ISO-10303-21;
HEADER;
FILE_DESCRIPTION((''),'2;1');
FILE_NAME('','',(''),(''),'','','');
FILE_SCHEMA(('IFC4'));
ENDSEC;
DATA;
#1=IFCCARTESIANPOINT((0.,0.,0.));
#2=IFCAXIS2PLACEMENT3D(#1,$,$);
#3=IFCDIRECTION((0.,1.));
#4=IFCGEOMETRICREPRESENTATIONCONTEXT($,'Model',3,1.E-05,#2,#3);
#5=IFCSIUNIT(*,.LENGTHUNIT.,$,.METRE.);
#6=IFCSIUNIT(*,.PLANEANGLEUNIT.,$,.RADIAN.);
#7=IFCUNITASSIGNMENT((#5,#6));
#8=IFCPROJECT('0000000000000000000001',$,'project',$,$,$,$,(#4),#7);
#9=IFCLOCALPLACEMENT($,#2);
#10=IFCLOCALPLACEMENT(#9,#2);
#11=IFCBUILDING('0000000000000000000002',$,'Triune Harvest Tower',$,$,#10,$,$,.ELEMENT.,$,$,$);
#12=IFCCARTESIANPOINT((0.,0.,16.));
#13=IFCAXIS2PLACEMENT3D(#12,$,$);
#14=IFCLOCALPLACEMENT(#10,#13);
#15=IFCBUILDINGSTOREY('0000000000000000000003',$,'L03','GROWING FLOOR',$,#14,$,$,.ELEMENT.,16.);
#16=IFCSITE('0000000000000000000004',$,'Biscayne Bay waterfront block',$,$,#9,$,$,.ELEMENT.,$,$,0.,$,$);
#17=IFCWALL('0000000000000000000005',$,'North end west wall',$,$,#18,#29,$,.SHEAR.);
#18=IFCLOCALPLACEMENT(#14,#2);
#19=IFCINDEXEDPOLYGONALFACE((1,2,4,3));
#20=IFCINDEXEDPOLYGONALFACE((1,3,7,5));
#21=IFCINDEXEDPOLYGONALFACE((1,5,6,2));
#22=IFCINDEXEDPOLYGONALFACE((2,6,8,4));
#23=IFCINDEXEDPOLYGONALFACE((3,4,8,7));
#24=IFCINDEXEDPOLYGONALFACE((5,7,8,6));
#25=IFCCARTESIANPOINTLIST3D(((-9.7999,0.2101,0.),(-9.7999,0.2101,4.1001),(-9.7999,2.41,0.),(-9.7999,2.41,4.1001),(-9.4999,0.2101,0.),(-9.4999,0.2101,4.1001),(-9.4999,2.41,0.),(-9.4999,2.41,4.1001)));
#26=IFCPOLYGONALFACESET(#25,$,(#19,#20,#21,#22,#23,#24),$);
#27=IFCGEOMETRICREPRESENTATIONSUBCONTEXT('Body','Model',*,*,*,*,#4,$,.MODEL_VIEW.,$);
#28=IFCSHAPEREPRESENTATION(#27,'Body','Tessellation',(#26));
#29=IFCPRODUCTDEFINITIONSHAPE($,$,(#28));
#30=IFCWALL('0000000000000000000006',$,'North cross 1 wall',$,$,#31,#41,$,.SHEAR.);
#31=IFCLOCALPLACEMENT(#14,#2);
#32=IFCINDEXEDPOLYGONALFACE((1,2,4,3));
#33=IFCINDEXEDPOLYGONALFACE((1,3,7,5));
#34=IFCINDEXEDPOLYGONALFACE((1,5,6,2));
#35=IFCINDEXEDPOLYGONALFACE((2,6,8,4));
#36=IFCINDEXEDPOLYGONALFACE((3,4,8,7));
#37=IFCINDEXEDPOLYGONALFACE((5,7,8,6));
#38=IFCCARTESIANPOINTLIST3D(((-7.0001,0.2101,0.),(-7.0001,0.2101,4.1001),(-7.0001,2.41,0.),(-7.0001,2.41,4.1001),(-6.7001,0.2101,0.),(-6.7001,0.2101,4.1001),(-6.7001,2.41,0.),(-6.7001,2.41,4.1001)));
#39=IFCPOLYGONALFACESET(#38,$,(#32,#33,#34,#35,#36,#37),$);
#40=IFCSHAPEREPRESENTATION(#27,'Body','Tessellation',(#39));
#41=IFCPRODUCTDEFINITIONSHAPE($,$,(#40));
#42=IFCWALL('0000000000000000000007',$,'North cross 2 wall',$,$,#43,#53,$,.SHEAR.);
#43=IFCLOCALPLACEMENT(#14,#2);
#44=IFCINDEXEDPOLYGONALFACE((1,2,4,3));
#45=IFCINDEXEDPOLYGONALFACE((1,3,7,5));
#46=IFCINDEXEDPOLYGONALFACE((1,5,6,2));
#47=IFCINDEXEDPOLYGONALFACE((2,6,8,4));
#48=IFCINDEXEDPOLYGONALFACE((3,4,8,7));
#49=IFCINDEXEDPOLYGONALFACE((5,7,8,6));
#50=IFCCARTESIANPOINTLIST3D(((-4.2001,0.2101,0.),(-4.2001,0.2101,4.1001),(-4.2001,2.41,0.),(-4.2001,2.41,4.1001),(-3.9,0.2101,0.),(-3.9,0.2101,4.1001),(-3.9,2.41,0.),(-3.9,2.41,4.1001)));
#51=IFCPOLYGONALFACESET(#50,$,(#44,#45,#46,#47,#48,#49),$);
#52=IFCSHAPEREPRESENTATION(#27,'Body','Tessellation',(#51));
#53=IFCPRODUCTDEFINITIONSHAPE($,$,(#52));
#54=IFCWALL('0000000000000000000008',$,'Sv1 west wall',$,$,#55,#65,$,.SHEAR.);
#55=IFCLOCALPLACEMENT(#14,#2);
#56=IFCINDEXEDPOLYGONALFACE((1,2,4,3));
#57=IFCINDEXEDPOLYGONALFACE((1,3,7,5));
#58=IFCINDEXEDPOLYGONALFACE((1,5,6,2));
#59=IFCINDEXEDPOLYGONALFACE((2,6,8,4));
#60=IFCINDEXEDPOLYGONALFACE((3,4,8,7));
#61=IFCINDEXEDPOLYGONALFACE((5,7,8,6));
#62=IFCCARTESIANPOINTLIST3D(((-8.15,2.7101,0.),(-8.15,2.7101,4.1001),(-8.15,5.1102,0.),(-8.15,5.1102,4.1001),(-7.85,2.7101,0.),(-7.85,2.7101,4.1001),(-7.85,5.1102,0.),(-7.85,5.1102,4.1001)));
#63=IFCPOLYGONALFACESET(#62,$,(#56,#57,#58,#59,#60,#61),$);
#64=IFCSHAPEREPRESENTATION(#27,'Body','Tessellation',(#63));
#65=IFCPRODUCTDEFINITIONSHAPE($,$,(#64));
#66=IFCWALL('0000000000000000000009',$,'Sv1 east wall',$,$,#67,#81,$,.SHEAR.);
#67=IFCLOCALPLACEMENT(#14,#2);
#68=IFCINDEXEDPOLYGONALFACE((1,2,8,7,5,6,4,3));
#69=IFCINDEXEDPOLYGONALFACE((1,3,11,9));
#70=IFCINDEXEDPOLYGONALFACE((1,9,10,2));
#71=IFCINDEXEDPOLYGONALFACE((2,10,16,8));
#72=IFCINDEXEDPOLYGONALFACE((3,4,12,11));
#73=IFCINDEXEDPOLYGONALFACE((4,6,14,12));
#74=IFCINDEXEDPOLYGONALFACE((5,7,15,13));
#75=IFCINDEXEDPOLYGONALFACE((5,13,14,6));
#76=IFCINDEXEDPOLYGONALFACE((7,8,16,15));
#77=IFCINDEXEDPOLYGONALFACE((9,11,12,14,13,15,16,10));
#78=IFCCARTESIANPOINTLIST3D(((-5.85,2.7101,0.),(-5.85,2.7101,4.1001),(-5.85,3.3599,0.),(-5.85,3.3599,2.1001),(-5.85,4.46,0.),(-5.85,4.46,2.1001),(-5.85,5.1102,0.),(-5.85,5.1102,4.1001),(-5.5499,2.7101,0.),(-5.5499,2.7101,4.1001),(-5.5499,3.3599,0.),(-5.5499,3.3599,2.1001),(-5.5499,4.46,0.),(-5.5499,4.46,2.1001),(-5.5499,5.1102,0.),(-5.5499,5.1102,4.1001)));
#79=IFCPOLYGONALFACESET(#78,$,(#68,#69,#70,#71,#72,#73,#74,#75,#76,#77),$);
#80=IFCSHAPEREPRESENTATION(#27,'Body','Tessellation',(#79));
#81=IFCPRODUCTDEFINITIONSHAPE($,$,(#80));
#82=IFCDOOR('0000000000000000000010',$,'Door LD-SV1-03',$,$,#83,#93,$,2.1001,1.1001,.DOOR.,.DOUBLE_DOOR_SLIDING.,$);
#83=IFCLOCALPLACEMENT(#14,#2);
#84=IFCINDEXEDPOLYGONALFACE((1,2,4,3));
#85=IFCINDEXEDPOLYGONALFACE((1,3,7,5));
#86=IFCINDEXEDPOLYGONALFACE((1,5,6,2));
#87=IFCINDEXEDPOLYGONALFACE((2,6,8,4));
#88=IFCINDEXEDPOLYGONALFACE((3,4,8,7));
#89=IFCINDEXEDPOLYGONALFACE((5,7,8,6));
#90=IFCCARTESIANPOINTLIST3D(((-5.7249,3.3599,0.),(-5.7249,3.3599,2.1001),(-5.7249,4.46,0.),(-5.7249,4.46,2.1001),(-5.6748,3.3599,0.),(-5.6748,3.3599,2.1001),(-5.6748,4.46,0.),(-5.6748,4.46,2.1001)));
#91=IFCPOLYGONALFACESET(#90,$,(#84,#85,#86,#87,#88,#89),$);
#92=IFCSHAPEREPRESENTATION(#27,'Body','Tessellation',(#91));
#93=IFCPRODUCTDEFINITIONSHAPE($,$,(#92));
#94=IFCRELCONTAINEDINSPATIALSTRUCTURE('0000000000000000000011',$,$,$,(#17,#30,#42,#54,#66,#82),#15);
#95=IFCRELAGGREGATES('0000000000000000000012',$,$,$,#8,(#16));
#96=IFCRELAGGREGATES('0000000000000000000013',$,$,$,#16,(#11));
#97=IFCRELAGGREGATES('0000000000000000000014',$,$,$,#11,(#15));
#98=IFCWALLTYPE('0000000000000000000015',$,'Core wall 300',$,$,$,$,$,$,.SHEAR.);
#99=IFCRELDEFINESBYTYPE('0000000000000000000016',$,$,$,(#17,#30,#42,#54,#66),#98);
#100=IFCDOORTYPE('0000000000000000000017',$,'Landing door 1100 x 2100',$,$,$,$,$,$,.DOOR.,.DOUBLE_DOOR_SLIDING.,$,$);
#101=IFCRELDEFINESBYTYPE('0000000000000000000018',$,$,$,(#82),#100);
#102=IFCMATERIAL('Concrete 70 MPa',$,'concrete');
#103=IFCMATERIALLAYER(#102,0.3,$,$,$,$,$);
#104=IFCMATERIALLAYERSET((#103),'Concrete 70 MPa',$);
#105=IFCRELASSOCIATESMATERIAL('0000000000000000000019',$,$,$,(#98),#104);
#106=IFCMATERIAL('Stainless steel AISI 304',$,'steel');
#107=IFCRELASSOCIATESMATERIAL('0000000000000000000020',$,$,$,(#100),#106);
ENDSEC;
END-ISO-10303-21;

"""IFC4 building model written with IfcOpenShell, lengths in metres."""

from ifc_helpers import new_model, si_unit, direction, frame, frame_2d, origin, place, context, subcontext, project, spatial, rectangle, extrude, source, transform, mapped, material, layer, layer_set, type_object, element, fill, save


model = new_model("IFC4")

# Units and contexts
model_context = context("Model", 3, precision=1e-05, world=origin(), true_north=direction((0.0, 1.0)))
body_context = subcontext(model_context, "Body", "Model", "MODEL_VIEW")
ifc_project = project(units=[si_unit("LENGTHUNIT", "METRE"), si_unit("PLANEANGLEUNIT", "RADIAN")], contexts=[model_context])

# Site, building, storey
site_placement = place(None, origin())
site = spatial("IfcSite", under=ifc_project, at=site_placement, Name="Biscayne Bay waterfront block", CompositionType="ELEMENT", RefElevation=0.0)
building_placement = place(site_placement, origin())
building = spatial("IfcBuilding", under=site, at=building_placement, Name="Triune Harvest Tower", CompositionType="ELEMENT")
storey_placement = place(building_placement, frame((0.0, 0.0, 16.0)))
storey = spatial("IfcBuildingStorey", under=building, at=storey_placement, Name="L03", Description="GROWING FLOOR", CompositionType="ELEMENT", Elevation=16.0)

# Shared definitions
ifc_material_1 = material(Name="Concrete 70 MPa", Category="concrete")
ifc_layer_1 = layer(ifc_material_1, 0.3)
ifc_layer_set_1 = layer_set([ifc_layer_1], Name="Concrete 70 MPa")
wall_type_1 = type_object("IfcWallType", Name="Core wall 300", PredefinedType="SHEAR", material=ifc_layer_set_1)
ifc_material_2 = material(Name="Stainless steel AISI 304", Category="steel")
door_type_1 = type_object("IfcDoorType", Name="Landing door 1100 x 2100", OperationType="DOUBLE_DOOR_SLIDING", PredefinedType="DOOR", material=ifc_material_2)

# Walls
shared_shape_1 = source(origin(), body_context, "Body", "SweptSolid", [
    extrude(rectangle(XDim=2.2, YDim=0.3, at=frame_2d((1.1001, 0.0))), origin(), (0.0, 0.0, 1.0), 4.1001),
])
for number, where, z_axis, x_axis, name in (
    (1, (-9.6499, 0.21, 0.0), (0.0, 0.0, 1.0), (0.0, 1.0, 0.0), "North end west wall"),
    (2, (-6.8501, 0.21, 0.0), (0.0, 0.0, 1.0), (0.0, 1.0, 0.0), "North cross 1 wall"),
    (3, (-4.05, 0.21, 0.0), (0.0, 0.0, 1.0), (0.0, 1.0, 0.0), "North cross 2 wall"),
):
    element("IfcWall", number, at=place(storey_placement, frame(where, z_axis=z_axis, x_axis=x_axis)), inside=storey, type_object=wall_type_1, Name=name, PredefinedType="SHEAR", context=body_context, shape_type="MappedRepresentation", body=[
        mapped(shared_shape_1, transform((0.0, 0.0, 0.0), scale=1.0)),
    ])
shared_shape_2 = source(origin(), body_context, "Body", "SweptSolid", [
    extrude(rectangle(XDim=2.4001, YDim=0.3, at=frame_2d((1.2002, 0.0))), origin(), (0.0, 0.0, 1.0), 4.1001),
])
wall_1_placement = place(storey_placement, frame((-8.0, 2.71, 0.0), z_axis=(0.0, 0.0, 1.0), x_axis=(0.0, 1.0, 0.0)))
element("IfcWall", 4, at=wall_1_placement, inside=storey, type_object=wall_type_1, Name="Sv1 west wall", PredefinedType="SHEAR", context=body_context, shape_type="MappedRepresentation", body=[
    mapped(shared_shape_2, transform((0.0, 0.0, 0.0), scale=1.0)),
])

# Wall, opening, door
wall_2_placement = place(storey_placement, frame((-5.7, 2.71, 0.0), z_axis=(0.0, 0.0, 1.0), x_axis=(0.0, 1.0, 0.0)))
wall_2 = element("IfcWall", 5, at=wall_2_placement, inside=storey, type_object=wall_type_1, Name="Sv1 east wall", PredefinedType="SHEAR", context=body_context, shape_type="MappedRepresentation", body=[
    mapped(shared_shape_2, transform((0.0, 0.0, 0.0), scale=1.0)),
])
opening_1_placement = place(wall_2_placement, frame((0.6499, 0.0, 0.0)))
opening_1 = element("IfcOpeningElement", 6, at=opening_1_placement, cuts=wall_2, PredefinedType="OPENING", context=body_context, shape_type="SweptSolid", body=[
    extrude(rectangle(XDim=1.1001, YDim=2.1001, at=frame_2d((0.55, 1.05))), frame((0.0, 0.1602, 0.0), z_axis=(0.0, -1.0, 0.0), x_axis=(1.0, 0.0, 0.0)), (0.0, 0.0, 1.0), 0.3201),
])
door_1_placement = place(opening_1_placement, origin())
door_1 = element("IfcDoor", 7, at=door_1_placement, inside=storey, type_object=door_type_1, Name="Door LD-SV1-03", OperationType="DOUBLE_DOOR_SLIDING", OverallHeight=2.1001, OverallWidth=1.1001, PredefinedType="DOOR", context=body_context, shape_type="SweptSolid", body=[
    extrude(rectangle(XDim=1.1001, YDim=2.1001, at=frame_2d((0.55, 1.05))), frame((0.0, 0.0249, 0.0), z_axis=(0.0, -1.0, 0.0), x_axis=(1.0, 0.0, 0.0)), (0.0, 0.0, 1.0), 0.05),
])
fill(opening_1, door_1)

save(model, "model.ifc")
